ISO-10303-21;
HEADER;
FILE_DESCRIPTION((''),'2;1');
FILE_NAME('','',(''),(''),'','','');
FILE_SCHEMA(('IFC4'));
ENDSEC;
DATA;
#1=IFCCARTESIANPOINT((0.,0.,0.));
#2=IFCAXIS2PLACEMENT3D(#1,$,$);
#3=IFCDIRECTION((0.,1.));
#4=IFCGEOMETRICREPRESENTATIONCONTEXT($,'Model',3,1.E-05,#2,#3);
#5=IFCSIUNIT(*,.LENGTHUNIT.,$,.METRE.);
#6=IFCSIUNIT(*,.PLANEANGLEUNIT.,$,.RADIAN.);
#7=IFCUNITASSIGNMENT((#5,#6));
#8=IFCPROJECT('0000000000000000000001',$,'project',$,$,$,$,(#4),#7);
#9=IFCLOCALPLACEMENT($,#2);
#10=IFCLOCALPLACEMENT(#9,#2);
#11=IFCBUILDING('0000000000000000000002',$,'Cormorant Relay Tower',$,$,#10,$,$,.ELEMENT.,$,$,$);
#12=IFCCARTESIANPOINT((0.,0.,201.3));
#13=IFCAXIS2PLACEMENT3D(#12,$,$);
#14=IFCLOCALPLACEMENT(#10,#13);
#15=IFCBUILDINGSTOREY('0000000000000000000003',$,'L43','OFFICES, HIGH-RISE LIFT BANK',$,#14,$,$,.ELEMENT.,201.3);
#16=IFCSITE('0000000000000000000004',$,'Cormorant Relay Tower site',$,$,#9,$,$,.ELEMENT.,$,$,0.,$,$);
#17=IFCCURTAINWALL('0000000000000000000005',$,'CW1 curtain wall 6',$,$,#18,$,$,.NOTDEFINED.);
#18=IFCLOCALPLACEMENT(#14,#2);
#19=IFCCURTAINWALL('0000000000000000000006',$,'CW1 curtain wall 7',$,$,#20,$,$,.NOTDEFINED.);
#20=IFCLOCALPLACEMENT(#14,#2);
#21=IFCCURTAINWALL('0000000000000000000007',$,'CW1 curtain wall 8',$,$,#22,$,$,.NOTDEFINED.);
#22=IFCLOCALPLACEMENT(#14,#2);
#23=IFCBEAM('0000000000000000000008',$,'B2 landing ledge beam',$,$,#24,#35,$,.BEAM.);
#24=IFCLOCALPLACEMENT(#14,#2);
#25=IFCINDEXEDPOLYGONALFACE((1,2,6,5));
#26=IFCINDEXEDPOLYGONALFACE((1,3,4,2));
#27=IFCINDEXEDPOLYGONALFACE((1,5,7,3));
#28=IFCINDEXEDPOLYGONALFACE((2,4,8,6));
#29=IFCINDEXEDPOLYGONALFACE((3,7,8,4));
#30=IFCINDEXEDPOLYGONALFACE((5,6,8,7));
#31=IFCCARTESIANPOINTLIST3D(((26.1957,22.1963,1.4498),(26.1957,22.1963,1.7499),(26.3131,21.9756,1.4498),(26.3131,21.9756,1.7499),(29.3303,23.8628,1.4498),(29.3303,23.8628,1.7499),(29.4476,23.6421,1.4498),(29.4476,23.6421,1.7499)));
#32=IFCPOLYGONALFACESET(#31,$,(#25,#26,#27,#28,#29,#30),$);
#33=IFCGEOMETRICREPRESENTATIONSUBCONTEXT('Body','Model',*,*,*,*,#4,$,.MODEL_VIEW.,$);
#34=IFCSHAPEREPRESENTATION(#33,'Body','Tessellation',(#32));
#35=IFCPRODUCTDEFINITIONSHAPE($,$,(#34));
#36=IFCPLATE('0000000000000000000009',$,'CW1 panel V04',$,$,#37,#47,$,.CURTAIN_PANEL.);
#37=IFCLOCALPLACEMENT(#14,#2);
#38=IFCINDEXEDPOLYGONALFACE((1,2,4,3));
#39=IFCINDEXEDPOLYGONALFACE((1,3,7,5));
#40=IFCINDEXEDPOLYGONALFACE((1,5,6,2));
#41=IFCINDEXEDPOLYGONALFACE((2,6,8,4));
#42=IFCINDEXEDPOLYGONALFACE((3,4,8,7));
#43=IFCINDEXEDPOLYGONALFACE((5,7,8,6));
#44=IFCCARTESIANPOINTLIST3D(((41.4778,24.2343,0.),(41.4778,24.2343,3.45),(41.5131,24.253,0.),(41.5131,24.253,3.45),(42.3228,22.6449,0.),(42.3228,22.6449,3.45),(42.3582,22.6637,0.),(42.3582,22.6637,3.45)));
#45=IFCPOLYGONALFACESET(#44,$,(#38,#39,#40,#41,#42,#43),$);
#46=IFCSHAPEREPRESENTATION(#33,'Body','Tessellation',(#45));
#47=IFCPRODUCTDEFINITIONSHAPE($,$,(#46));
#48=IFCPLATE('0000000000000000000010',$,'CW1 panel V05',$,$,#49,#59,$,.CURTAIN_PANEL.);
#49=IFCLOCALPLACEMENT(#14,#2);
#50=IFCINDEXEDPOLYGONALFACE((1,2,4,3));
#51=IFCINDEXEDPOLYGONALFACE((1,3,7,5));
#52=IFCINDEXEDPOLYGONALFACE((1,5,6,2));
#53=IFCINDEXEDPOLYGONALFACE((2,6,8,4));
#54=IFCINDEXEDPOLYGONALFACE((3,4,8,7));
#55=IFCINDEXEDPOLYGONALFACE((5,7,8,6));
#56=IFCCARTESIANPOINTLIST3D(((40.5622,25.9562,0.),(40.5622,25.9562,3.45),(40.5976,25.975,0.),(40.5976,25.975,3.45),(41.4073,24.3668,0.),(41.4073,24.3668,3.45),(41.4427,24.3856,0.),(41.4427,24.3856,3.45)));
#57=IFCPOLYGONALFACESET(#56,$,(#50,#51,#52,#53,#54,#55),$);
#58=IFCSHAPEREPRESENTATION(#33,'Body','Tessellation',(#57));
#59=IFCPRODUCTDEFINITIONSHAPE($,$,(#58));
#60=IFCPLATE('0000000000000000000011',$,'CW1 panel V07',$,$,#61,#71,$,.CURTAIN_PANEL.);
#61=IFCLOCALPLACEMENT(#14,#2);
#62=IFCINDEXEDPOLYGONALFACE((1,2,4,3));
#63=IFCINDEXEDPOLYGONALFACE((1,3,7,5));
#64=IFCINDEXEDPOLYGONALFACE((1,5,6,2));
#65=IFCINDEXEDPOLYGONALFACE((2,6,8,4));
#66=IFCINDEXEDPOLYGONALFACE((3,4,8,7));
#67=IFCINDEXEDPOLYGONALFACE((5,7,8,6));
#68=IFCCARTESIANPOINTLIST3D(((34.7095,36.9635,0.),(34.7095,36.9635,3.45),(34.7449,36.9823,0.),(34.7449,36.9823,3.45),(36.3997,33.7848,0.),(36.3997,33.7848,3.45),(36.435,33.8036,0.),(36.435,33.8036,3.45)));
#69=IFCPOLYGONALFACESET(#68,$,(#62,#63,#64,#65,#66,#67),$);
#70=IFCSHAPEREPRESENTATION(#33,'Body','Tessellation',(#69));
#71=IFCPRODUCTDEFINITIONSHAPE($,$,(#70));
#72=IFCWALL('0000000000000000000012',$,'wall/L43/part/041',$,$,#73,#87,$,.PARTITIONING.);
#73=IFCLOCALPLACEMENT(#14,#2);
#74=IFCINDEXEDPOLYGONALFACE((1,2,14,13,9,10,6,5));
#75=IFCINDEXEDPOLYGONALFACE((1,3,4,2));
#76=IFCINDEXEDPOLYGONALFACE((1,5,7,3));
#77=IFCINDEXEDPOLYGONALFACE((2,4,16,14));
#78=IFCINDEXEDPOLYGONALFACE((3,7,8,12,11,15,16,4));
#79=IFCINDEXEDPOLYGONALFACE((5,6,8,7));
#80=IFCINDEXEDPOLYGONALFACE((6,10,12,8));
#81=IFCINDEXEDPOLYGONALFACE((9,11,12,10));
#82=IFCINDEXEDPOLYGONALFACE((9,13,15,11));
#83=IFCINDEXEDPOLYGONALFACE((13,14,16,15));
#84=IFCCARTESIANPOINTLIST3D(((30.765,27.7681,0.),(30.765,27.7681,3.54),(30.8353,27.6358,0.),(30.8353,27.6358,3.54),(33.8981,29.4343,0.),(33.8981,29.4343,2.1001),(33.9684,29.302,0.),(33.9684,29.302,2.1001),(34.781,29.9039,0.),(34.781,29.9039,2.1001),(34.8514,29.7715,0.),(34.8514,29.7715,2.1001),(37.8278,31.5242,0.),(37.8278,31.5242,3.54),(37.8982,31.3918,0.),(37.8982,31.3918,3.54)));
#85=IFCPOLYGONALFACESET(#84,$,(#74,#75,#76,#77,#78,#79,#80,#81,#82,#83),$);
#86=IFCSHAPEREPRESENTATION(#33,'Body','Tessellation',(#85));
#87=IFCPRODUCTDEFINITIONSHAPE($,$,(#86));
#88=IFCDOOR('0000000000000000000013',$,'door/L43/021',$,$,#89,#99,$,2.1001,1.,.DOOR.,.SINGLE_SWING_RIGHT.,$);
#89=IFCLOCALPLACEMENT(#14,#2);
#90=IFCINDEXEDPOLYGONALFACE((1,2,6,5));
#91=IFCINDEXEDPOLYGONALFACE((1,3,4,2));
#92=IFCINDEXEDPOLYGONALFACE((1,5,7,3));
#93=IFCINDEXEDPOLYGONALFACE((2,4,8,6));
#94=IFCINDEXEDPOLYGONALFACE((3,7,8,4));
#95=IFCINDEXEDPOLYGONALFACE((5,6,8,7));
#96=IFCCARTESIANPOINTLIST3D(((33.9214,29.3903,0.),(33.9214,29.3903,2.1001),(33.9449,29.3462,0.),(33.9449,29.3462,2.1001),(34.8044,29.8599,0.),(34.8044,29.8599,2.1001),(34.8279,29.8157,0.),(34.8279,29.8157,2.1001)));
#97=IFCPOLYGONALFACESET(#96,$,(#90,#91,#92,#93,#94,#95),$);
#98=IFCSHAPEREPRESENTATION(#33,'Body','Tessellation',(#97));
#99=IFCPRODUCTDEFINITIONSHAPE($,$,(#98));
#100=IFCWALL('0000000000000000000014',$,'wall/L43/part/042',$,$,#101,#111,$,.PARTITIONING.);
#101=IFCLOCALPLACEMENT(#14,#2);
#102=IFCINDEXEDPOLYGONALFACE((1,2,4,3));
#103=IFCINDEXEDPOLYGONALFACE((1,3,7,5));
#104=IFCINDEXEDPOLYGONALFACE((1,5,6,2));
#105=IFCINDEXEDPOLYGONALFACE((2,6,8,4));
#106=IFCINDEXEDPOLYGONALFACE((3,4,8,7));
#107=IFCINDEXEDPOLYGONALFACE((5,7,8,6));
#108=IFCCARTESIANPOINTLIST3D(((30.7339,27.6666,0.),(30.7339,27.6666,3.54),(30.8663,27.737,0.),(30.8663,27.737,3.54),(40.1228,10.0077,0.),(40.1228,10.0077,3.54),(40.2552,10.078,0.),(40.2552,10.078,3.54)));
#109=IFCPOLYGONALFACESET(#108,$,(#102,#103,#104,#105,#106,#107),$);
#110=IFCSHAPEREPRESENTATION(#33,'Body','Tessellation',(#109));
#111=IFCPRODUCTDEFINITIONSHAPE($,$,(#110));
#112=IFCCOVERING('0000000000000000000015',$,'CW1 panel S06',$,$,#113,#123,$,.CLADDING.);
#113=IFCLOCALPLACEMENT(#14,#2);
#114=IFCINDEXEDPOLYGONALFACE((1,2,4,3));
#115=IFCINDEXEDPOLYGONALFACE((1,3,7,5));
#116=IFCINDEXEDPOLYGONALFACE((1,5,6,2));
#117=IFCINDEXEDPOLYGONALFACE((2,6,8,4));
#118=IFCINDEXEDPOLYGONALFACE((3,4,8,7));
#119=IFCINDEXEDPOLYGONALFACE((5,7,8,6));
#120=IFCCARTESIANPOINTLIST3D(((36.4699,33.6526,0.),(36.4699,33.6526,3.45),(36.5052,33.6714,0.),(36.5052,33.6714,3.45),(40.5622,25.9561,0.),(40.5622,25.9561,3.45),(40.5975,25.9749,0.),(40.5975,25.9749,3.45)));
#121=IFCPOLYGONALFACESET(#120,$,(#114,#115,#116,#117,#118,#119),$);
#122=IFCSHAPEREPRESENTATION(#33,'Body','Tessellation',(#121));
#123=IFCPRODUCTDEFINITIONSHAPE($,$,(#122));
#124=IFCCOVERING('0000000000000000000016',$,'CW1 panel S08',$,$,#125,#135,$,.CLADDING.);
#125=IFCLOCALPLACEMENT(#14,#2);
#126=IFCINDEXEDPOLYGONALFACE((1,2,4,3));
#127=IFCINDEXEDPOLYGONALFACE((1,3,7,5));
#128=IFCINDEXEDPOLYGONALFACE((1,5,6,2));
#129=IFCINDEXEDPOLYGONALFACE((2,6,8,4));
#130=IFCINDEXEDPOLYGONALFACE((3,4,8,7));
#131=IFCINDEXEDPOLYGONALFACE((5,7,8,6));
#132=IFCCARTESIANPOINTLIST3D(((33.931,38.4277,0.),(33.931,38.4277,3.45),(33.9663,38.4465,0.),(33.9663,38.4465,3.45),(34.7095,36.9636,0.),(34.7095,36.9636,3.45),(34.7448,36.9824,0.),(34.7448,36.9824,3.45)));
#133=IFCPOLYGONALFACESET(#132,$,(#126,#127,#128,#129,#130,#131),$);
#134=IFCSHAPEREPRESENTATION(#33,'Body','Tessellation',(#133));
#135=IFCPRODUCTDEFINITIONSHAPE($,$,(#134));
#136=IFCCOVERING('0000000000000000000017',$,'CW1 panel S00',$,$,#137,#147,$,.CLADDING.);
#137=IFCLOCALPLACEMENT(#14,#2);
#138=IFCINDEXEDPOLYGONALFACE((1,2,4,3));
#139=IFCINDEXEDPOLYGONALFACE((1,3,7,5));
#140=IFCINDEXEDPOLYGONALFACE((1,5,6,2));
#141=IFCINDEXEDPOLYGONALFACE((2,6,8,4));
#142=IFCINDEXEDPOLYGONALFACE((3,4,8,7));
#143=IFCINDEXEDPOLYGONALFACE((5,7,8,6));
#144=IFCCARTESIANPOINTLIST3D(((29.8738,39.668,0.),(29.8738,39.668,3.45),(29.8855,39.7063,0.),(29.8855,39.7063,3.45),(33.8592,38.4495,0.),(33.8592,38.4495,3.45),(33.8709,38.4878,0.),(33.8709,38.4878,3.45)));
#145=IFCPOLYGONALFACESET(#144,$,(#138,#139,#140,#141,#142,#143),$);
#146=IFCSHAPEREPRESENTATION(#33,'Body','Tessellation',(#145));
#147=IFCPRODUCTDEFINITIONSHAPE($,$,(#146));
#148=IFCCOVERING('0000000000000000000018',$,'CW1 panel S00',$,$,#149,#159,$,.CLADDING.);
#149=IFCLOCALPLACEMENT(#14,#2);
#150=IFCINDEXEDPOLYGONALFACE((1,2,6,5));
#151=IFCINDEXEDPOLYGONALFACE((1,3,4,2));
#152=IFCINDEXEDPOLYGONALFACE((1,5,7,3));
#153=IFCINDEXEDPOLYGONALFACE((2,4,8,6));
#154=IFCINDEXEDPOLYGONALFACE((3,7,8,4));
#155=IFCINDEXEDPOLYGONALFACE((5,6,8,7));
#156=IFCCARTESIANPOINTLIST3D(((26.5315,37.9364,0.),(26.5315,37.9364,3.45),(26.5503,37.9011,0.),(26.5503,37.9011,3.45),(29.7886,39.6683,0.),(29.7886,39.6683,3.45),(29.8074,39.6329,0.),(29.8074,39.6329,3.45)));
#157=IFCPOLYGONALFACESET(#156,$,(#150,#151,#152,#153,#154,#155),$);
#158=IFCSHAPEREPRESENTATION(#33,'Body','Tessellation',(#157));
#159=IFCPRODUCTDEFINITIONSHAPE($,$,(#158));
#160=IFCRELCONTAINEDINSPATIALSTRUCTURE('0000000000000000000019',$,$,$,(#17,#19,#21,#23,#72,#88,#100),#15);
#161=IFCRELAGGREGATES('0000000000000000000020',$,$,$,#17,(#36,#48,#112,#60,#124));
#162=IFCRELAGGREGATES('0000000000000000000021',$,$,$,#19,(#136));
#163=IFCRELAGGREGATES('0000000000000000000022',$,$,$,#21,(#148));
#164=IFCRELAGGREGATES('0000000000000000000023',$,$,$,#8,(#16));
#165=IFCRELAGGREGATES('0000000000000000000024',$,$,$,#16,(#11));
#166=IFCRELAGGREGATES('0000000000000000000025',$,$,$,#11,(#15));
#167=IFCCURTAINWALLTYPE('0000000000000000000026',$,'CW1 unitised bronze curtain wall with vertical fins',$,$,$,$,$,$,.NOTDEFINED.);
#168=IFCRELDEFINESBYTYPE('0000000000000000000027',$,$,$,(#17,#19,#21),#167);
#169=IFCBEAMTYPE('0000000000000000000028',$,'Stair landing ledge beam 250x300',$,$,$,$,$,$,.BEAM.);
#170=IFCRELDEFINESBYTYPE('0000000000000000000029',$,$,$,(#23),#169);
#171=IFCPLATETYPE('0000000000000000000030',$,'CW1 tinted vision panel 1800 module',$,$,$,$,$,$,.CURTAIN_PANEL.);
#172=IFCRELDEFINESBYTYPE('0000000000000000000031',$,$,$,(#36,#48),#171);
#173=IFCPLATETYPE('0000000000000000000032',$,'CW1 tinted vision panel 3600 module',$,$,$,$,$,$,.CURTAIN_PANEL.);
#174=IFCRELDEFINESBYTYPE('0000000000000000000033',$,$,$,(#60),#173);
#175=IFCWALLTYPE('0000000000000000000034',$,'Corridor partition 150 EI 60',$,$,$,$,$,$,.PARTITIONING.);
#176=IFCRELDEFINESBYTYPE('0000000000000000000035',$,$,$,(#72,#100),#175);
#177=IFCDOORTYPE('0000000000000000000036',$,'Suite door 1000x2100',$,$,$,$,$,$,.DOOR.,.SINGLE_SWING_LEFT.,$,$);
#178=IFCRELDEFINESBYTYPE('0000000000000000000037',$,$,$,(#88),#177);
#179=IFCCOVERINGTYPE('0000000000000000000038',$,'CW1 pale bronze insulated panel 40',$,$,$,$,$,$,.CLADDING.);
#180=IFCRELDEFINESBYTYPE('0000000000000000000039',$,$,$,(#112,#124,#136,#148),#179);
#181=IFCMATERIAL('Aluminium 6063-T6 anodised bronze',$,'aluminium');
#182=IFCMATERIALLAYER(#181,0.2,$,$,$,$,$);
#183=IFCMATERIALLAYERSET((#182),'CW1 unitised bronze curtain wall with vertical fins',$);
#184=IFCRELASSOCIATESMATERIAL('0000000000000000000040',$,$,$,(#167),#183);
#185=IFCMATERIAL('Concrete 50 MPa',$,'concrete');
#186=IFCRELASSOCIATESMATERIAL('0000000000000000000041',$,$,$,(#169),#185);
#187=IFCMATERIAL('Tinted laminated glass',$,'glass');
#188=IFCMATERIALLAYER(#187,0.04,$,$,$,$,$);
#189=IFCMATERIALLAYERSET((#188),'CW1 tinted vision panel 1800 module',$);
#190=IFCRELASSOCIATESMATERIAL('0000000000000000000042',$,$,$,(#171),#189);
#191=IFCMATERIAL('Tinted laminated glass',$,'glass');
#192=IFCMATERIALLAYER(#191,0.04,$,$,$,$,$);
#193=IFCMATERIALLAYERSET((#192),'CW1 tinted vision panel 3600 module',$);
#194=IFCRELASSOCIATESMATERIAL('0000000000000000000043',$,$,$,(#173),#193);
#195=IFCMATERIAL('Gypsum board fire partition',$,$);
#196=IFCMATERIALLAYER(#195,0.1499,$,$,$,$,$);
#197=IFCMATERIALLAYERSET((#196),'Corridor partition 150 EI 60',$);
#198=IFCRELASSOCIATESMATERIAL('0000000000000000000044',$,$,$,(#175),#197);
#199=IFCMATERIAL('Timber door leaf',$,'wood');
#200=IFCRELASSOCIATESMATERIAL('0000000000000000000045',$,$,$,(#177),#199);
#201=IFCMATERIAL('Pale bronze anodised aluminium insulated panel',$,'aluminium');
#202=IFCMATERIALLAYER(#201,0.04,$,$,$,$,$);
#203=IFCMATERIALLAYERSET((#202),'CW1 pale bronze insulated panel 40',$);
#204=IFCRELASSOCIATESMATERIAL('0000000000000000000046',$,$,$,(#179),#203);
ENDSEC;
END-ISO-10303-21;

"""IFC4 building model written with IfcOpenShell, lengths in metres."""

from ifc_helpers import new_model, si_unit, direction, frame, frame_2d, origin, origin_2d, place, context, subcontext, project, spatial, rectangle, extrude, material, layer, layer_set, material_profile, profile_set, type_object, element, fill, aggregate, save


model = new_model("IFC4")

# Units and contexts
model_context = context("Model", 3, precision=1e-05, world=origin(), true_north=direction((0.0, 1.0)))
body_context = subcontext(model_context, "Body", "Model", "MODEL_VIEW")
ifc_project = project(units=[si_unit("LENGTHUNIT", "METRE"), si_unit("PLANEANGLEUNIT", "RADIAN")], contexts=[model_context])

# Site, building, storey
site_placement = place(None, origin())
site = spatial("IfcSite", under=ifc_project, at=site_placement, Name="Cormorant Relay Tower site", CompositionType="ELEMENT", RefElevation=0.0)
building_placement = place(site_placement, origin())
building = spatial("IfcBuilding", under=site, at=building_placement, Name="Cormorant Relay Tower", CompositionType="ELEMENT")
storey_placement = place(building_placement, frame((0.0, 0.0, 201.3)))
storey = spatial("IfcBuildingStorey", under=building, at=storey_placement, Name="L43", Description="OFFICES, HIGH-RISE LIFT BANK", CompositionType="ELEMENT", Elevation=201.3)

# Curtain wall
ifc_material_1 = material(Name="Aluminium 6063-T6 anodised bronze", Category="aluminium")
ifc_layer_1 = layer(ifc_material_1, 0.2)
ifc_layer_set_1 = layer_set([ifc_layer_1], Name="CW1 unitised bronze curtain wall with vertical fins")
curtain_wall_type = type_object("IfcCurtainWallType", Name="CW1 unitised bronze curtain wall with vertical fins", PredefinedType="NOTDEFINED", material=ifc_layer_set_1)
curtain_wall_1_placement = place(storey_placement, origin())
curtain_wall_1 = element("IfcCurtainWall", 1, at=curtain_wall_1_placement, inside=storey, type_object=curtain_wall_type, Name="CW1 curtain wall 6", PredefinedType="NOTDEFINED")

# Curtain walls
curtain_wall_2_placement = place(storey_placement, origin())
curtain_wall_2 = element("IfcCurtainWall", 2, at=curtain_wall_2_placement, inside=storey, type_object=curtain_wall_type, Name="CW1 curtain wall 7", PredefinedType="NOTDEFINED")
curtain_wall_3_placement = place(storey_placement, origin())
curtain_wall_3 = element("IfcCurtainWall", 3, at=curtain_wall_3_placement, inside=storey, type_object=curtain_wall_type, Name="CW1 curtain wall 8", PredefinedType="NOTDEFINED")

# Beam
ifc_material_2 = material(Name="Concrete 50 MPa", Category="concrete")
ifc_material_profile_1 = material_profile(ifc_material_2, rectangle(XDim=0.25, YDim=0.3, at=origin_2d()), Name="RC 250x300")
ifc_profile_set_1 = profile_set([ifc_material_profile_1], Name="Concrete 50 MPa")
beam_type_1 = type_object("IfcBeamType", Name="Stair landing ledge beam 250x300", PredefinedType="BEAM", material=ifc_profile_set_1)
beam_1_placement = place(storey_placement, frame((26.2544, 22.0859, 1.5999), z_axis=(0.882965, 0.469438, 0.0), x_axis=(-0.469438, 0.882965, 0.0)))
element("IfcBeam", 4, at=beam_1_placement, inside=storey, type_object=beam_type_1, Name="B2 landing ledge beam", PredefinedType="BEAM", context=body_context, shape_type="SweptSolid", body=[
    extrude(rectangle(XDim=0.25, YDim=0.3, at=origin_2d()), origin(), (0.0, 0.0, 1.0), 3.55),
])

# Plates
ifc_material_3 = material(Name="Tinted laminated glass", Category="glass")
ifc_layer_2 = layer(ifc_material_3, 0.04)
ifc_layer_set_2 = layer_set([ifc_layer_2], Name="CW1 tinted vision panel 1800 module")
plate_type_1 = type_object("IfcPlateType", Name="CW1 tinted vision panel 1800 module", PredefinedType="CURTAIN_PANEL", material=ifc_layer_set_2)
plate_1_placement = place(storey_placement, frame((41.918, 23.449, 0.0), z_axis=(0.0, 0.0, 1.0), x_axis=(-0.469472, 0.882948, 0.0)))
plate_1 = element("IfcPlate", 5, at=plate_1_placement, type_object=plate_type_1, Name="CW1 panel V04", PredefinedType="CURTAIN_PANEL", context=body_context, shape_type="SweptSolid", body=[
    extrude(rectangle(XDim=1.8, YDim=0.04, at=origin_2d()), origin(), (0.0, 0.0, 1.0), 3.45),
])
plate_2_placement = place(storey_placement, frame((41.0024, 25.1709, 0.0), z_axis=(0.0, 0.0, 1.0), x_axis=(-0.469472, 0.882948, 0.0)))
plate_2 = element("IfcPlate", 6, at=plate_2_placement, type_object=plate_type_1, Name="CW1 panel V05", PredefinedType="CURTAIN_PANEL", context=body_context, shape_type="SweptSolid", body=[
    extrude(rectangle(XDim=1.8, YDim=0.04, at=origin_2d()), origin(), (0.0, 0.0, 1.0), 3.45),
])
ifc_material_4 = material(Name="Tinted laminated glass", Category="glass")
ifc_layer_3 = layer(ifc_material_4, 0.04)
ifc_layer_set_3 = layer_set([ifc_layer_3], Name="CW1 tinted vision panel 3600 module")
plate_type_2 = type_object("IfcPlateType", Name="CW1 tinted vision panel 3600 module", PredefinedType="CURTAIN_PANEL", material=ifc_layer_set_3)
plate_3_placement = place(storey_placement, frame((35.5723, 35.3835, 0.0), z_axis=(0.0, 0.0, 1.0), x_axis=(-0.469472, 0.882948, 0.0)))
plate_3 = element("IfcPlate", 7, at=plate_3_placement, type_object=plate_type_2, Name="CW1 panel V07", PredefinedType="CURTAIN_PANEL", context=body_context, shape_type="SweptSolid", body=[
    extrude(rectangle(XDim=3.6001, YDim=0.04, at=origin_2d()), origin(), (0.0, 0.0, 1.0), 3.45),
])

# Wall, opening, door
ifc_material_5 = material(Name="Gypsum board fire partition")
ifc_layer_4 = layer(ifc_material_5, 0.1499)
ifc_layer_set_4 = layer_set([ifc_layer_4], Name="Corridor partition 150 EI 60")
wall_type = type_object("IfcWallType", Name="Corridor partition 150 EI 60", PredefinedType="PARTITIONING", material=ifc_layer_set_4)
wall_1_placement = place(storey_placement, frame((37.863, 31.458, 0.0), z_axis=(0.0, 0.0, 1.0), x_axis=(-0.882914, -0.469535, 0.0)))
wall_1 = element("IfcWall", 8, at=wall_1_placement, inside=storey, type_object=wall_type, Name="wall/L43/part/041", PredefinedType="PARTITIONING", context=body_context, shape_type="SweptSolid", body=[
    extrude(rectangle(XDim=7.9995, YDim=0.1499, at=frame_2d((3.9998, 0.0))), origin(), (0.0, 0.0, 1.0), 3.54),
])
opening_placement = place(wall_1_placement, frame((3.4509, 0.0, 0.0)))
opening = element("IfcOpeningElement", 9, at=opening_placement, cuts=wall_1, PredefinedType="OPENING", context=body_context, shape_type="SweptSolid", body=[
    extrude(rectangle(XDim=1.0, YDim=2.1001, at=frame_2d((0.5, 1.05))), frame((0.0, 0.085, 0.0), z_axis=(0.0, -1.0, 0.0), x_axis=(1.0, 0.0, 0.0)), (0.0, 0.0, 1.0), 0.1699),
])
ifc_material_6 = material(Name="Timber door leaf", Category="wood")
door_type = type_object("IfcDoorType", Name="Suite door 1000x2100", OperationType="SINGLE_SWING_LEFT", PredefinedType="DOOR", material=ifc_material_6)
door_placement = place(opening_placement, origin())
door = element("IfcDoor", 10, at=door_placement, inside=storey, type_object=door_type, Name="door/L43/021", OperationType="SINGLE_SWING_RIGHT", OverallHeight=2.1001, OverallWidth=1.0, PredefinedType="DOOR", context=body_context, shape_type="SweptSolid", body=[
    extrude(rectangle(XDim=1.0, YDim=2.1001, at=frame_2d((0.5, 1.05))), frame((0.0, 0.0249, 0.0), z_axis=(0.0, -1.0, 0.0), x_axis=(1.0, 0.0, 0.0)), (0.0, 0.0, 1.0), 0.05),
])
fill(opening, door)

# Wall
wall_2_placement = place(storey_placement, frame((30.8, 27.7019, 0.0), z_axis=(0.0, 0.0, 1.0), x_axis=(0.469452, -0.882958, 0.0)))
element("IfcWall", 11, at=wall_2_placement, inside=storey, type_object=wall_type, Name="wall/L43/part/042", PredefinedType="PARTITIONING", context=body_context, shape_type="SweptSolid", body=[
    extrude(rectangle(XDim=19.9998, YDim=0.1499, at=frame_2d((10.0, 0.0))), origin(), (0.0, 0.0, 1.0), 3.54),
])

# Coverings
ifc_material_7 = material(Name="Pale bronze anodised aluminium insulated panel", Category="aluminium")
ifc_layer_5 = layer(ifc_material_7, 0.04)
ifc_layer_set_5 = layer_set([ifc_layer_5], Name="CW1 pale bronze insulated panel 40")
covering_type = type_object("IfcCoveringType", Name="CW1 pale bronze insulated panel 40", PredefinedType="CLADDING", material=ifc_layer_set_5)
covering_1_placement = place(storey_placement, frame((38.5337, 29.8137, 0.0), z_axis=(0.0, 0.0, 1.0), x_axis=(-0.469472, 0.882948, 0.0)))
covering_1 = element("IfcCovering", 12, at=covering_1_placement, type_object=covering_type, Name="CW1 panel S06", PredefinedType="CLADDING", context=body_context, shape_type="SweptSolid", body=[
    extrude(rectangle(XDim=8.7168, YDim=0.04, at=origin_2d()), origin(), (0.0, 0.0, 1.0), 3.45),
])
covering_2_placement = place(storey_placement, frame((34.3379, 37.7051, 0.0), z_axis=(0.0, 0.0, 1.0), x_axis=(-0.469472, 0.882948, 0.0)))
covering_2 = element("IfcCovering", 13, at=covering_2_placement, type_object=covering_type, Name="CW1 panel S08", PredefinedType="CLADDING", context=body_context, shape_type="SweptSolid", body=[
    extrude(rectangle(XDim=1.6582, YDim=0.04, at=origin_2d()), origin(), (0.0, 0.0, 1.0), 3.45),
])
aggregate(curtain_wall_1, [plate_1, plate_2, covering_1, plate_3, covering_2])
covering_3_placement = place(storey_placement, frame((31.8723, 39.0779, 0.0), z_axis=(0.0, 0.0, 1.0), x_axis=(-0.956305, 0.292372, 0.0)))
covering_3 = element("IfcCovering", 14, at=covering_3_placement, type_object=covering_type, Name="CW1 panel S00", PredefinedType="CLADDING", context=body_context, shape_type="SweptSolid", body=[
    extrude(rectangle(XDim=4.1675, YDim=0.04, at=origin_2d()), origin(), (0.0, 0.0, 1.0), 3.45),
])
aggregate(curtain_wall_2, [covering_3])
covering_4_placement = place(storey_placement, frame((28.1694, 38.7847, 0.0), z_axis=(0.0, 0.0, 1.0), x_axis=(-0.882948, -0.469472, 0.0)))
covering_4 = element("IfcCovering", 15, at=covering_4_placement, type_object=covering_type, Name="CW1 panel S00", PredefinedType="CLADDING", context=body_context, shape_type="SweptSolid", body=[
    extrude(rectangle(XDim=3.689, YDim=0.04, at=origin_2d()), origin(), (0.0, 0.0, 1.0), 3.45),
])
aggregate(curtain_wall_3, [covering_4])

save(model, "model.ifc")
